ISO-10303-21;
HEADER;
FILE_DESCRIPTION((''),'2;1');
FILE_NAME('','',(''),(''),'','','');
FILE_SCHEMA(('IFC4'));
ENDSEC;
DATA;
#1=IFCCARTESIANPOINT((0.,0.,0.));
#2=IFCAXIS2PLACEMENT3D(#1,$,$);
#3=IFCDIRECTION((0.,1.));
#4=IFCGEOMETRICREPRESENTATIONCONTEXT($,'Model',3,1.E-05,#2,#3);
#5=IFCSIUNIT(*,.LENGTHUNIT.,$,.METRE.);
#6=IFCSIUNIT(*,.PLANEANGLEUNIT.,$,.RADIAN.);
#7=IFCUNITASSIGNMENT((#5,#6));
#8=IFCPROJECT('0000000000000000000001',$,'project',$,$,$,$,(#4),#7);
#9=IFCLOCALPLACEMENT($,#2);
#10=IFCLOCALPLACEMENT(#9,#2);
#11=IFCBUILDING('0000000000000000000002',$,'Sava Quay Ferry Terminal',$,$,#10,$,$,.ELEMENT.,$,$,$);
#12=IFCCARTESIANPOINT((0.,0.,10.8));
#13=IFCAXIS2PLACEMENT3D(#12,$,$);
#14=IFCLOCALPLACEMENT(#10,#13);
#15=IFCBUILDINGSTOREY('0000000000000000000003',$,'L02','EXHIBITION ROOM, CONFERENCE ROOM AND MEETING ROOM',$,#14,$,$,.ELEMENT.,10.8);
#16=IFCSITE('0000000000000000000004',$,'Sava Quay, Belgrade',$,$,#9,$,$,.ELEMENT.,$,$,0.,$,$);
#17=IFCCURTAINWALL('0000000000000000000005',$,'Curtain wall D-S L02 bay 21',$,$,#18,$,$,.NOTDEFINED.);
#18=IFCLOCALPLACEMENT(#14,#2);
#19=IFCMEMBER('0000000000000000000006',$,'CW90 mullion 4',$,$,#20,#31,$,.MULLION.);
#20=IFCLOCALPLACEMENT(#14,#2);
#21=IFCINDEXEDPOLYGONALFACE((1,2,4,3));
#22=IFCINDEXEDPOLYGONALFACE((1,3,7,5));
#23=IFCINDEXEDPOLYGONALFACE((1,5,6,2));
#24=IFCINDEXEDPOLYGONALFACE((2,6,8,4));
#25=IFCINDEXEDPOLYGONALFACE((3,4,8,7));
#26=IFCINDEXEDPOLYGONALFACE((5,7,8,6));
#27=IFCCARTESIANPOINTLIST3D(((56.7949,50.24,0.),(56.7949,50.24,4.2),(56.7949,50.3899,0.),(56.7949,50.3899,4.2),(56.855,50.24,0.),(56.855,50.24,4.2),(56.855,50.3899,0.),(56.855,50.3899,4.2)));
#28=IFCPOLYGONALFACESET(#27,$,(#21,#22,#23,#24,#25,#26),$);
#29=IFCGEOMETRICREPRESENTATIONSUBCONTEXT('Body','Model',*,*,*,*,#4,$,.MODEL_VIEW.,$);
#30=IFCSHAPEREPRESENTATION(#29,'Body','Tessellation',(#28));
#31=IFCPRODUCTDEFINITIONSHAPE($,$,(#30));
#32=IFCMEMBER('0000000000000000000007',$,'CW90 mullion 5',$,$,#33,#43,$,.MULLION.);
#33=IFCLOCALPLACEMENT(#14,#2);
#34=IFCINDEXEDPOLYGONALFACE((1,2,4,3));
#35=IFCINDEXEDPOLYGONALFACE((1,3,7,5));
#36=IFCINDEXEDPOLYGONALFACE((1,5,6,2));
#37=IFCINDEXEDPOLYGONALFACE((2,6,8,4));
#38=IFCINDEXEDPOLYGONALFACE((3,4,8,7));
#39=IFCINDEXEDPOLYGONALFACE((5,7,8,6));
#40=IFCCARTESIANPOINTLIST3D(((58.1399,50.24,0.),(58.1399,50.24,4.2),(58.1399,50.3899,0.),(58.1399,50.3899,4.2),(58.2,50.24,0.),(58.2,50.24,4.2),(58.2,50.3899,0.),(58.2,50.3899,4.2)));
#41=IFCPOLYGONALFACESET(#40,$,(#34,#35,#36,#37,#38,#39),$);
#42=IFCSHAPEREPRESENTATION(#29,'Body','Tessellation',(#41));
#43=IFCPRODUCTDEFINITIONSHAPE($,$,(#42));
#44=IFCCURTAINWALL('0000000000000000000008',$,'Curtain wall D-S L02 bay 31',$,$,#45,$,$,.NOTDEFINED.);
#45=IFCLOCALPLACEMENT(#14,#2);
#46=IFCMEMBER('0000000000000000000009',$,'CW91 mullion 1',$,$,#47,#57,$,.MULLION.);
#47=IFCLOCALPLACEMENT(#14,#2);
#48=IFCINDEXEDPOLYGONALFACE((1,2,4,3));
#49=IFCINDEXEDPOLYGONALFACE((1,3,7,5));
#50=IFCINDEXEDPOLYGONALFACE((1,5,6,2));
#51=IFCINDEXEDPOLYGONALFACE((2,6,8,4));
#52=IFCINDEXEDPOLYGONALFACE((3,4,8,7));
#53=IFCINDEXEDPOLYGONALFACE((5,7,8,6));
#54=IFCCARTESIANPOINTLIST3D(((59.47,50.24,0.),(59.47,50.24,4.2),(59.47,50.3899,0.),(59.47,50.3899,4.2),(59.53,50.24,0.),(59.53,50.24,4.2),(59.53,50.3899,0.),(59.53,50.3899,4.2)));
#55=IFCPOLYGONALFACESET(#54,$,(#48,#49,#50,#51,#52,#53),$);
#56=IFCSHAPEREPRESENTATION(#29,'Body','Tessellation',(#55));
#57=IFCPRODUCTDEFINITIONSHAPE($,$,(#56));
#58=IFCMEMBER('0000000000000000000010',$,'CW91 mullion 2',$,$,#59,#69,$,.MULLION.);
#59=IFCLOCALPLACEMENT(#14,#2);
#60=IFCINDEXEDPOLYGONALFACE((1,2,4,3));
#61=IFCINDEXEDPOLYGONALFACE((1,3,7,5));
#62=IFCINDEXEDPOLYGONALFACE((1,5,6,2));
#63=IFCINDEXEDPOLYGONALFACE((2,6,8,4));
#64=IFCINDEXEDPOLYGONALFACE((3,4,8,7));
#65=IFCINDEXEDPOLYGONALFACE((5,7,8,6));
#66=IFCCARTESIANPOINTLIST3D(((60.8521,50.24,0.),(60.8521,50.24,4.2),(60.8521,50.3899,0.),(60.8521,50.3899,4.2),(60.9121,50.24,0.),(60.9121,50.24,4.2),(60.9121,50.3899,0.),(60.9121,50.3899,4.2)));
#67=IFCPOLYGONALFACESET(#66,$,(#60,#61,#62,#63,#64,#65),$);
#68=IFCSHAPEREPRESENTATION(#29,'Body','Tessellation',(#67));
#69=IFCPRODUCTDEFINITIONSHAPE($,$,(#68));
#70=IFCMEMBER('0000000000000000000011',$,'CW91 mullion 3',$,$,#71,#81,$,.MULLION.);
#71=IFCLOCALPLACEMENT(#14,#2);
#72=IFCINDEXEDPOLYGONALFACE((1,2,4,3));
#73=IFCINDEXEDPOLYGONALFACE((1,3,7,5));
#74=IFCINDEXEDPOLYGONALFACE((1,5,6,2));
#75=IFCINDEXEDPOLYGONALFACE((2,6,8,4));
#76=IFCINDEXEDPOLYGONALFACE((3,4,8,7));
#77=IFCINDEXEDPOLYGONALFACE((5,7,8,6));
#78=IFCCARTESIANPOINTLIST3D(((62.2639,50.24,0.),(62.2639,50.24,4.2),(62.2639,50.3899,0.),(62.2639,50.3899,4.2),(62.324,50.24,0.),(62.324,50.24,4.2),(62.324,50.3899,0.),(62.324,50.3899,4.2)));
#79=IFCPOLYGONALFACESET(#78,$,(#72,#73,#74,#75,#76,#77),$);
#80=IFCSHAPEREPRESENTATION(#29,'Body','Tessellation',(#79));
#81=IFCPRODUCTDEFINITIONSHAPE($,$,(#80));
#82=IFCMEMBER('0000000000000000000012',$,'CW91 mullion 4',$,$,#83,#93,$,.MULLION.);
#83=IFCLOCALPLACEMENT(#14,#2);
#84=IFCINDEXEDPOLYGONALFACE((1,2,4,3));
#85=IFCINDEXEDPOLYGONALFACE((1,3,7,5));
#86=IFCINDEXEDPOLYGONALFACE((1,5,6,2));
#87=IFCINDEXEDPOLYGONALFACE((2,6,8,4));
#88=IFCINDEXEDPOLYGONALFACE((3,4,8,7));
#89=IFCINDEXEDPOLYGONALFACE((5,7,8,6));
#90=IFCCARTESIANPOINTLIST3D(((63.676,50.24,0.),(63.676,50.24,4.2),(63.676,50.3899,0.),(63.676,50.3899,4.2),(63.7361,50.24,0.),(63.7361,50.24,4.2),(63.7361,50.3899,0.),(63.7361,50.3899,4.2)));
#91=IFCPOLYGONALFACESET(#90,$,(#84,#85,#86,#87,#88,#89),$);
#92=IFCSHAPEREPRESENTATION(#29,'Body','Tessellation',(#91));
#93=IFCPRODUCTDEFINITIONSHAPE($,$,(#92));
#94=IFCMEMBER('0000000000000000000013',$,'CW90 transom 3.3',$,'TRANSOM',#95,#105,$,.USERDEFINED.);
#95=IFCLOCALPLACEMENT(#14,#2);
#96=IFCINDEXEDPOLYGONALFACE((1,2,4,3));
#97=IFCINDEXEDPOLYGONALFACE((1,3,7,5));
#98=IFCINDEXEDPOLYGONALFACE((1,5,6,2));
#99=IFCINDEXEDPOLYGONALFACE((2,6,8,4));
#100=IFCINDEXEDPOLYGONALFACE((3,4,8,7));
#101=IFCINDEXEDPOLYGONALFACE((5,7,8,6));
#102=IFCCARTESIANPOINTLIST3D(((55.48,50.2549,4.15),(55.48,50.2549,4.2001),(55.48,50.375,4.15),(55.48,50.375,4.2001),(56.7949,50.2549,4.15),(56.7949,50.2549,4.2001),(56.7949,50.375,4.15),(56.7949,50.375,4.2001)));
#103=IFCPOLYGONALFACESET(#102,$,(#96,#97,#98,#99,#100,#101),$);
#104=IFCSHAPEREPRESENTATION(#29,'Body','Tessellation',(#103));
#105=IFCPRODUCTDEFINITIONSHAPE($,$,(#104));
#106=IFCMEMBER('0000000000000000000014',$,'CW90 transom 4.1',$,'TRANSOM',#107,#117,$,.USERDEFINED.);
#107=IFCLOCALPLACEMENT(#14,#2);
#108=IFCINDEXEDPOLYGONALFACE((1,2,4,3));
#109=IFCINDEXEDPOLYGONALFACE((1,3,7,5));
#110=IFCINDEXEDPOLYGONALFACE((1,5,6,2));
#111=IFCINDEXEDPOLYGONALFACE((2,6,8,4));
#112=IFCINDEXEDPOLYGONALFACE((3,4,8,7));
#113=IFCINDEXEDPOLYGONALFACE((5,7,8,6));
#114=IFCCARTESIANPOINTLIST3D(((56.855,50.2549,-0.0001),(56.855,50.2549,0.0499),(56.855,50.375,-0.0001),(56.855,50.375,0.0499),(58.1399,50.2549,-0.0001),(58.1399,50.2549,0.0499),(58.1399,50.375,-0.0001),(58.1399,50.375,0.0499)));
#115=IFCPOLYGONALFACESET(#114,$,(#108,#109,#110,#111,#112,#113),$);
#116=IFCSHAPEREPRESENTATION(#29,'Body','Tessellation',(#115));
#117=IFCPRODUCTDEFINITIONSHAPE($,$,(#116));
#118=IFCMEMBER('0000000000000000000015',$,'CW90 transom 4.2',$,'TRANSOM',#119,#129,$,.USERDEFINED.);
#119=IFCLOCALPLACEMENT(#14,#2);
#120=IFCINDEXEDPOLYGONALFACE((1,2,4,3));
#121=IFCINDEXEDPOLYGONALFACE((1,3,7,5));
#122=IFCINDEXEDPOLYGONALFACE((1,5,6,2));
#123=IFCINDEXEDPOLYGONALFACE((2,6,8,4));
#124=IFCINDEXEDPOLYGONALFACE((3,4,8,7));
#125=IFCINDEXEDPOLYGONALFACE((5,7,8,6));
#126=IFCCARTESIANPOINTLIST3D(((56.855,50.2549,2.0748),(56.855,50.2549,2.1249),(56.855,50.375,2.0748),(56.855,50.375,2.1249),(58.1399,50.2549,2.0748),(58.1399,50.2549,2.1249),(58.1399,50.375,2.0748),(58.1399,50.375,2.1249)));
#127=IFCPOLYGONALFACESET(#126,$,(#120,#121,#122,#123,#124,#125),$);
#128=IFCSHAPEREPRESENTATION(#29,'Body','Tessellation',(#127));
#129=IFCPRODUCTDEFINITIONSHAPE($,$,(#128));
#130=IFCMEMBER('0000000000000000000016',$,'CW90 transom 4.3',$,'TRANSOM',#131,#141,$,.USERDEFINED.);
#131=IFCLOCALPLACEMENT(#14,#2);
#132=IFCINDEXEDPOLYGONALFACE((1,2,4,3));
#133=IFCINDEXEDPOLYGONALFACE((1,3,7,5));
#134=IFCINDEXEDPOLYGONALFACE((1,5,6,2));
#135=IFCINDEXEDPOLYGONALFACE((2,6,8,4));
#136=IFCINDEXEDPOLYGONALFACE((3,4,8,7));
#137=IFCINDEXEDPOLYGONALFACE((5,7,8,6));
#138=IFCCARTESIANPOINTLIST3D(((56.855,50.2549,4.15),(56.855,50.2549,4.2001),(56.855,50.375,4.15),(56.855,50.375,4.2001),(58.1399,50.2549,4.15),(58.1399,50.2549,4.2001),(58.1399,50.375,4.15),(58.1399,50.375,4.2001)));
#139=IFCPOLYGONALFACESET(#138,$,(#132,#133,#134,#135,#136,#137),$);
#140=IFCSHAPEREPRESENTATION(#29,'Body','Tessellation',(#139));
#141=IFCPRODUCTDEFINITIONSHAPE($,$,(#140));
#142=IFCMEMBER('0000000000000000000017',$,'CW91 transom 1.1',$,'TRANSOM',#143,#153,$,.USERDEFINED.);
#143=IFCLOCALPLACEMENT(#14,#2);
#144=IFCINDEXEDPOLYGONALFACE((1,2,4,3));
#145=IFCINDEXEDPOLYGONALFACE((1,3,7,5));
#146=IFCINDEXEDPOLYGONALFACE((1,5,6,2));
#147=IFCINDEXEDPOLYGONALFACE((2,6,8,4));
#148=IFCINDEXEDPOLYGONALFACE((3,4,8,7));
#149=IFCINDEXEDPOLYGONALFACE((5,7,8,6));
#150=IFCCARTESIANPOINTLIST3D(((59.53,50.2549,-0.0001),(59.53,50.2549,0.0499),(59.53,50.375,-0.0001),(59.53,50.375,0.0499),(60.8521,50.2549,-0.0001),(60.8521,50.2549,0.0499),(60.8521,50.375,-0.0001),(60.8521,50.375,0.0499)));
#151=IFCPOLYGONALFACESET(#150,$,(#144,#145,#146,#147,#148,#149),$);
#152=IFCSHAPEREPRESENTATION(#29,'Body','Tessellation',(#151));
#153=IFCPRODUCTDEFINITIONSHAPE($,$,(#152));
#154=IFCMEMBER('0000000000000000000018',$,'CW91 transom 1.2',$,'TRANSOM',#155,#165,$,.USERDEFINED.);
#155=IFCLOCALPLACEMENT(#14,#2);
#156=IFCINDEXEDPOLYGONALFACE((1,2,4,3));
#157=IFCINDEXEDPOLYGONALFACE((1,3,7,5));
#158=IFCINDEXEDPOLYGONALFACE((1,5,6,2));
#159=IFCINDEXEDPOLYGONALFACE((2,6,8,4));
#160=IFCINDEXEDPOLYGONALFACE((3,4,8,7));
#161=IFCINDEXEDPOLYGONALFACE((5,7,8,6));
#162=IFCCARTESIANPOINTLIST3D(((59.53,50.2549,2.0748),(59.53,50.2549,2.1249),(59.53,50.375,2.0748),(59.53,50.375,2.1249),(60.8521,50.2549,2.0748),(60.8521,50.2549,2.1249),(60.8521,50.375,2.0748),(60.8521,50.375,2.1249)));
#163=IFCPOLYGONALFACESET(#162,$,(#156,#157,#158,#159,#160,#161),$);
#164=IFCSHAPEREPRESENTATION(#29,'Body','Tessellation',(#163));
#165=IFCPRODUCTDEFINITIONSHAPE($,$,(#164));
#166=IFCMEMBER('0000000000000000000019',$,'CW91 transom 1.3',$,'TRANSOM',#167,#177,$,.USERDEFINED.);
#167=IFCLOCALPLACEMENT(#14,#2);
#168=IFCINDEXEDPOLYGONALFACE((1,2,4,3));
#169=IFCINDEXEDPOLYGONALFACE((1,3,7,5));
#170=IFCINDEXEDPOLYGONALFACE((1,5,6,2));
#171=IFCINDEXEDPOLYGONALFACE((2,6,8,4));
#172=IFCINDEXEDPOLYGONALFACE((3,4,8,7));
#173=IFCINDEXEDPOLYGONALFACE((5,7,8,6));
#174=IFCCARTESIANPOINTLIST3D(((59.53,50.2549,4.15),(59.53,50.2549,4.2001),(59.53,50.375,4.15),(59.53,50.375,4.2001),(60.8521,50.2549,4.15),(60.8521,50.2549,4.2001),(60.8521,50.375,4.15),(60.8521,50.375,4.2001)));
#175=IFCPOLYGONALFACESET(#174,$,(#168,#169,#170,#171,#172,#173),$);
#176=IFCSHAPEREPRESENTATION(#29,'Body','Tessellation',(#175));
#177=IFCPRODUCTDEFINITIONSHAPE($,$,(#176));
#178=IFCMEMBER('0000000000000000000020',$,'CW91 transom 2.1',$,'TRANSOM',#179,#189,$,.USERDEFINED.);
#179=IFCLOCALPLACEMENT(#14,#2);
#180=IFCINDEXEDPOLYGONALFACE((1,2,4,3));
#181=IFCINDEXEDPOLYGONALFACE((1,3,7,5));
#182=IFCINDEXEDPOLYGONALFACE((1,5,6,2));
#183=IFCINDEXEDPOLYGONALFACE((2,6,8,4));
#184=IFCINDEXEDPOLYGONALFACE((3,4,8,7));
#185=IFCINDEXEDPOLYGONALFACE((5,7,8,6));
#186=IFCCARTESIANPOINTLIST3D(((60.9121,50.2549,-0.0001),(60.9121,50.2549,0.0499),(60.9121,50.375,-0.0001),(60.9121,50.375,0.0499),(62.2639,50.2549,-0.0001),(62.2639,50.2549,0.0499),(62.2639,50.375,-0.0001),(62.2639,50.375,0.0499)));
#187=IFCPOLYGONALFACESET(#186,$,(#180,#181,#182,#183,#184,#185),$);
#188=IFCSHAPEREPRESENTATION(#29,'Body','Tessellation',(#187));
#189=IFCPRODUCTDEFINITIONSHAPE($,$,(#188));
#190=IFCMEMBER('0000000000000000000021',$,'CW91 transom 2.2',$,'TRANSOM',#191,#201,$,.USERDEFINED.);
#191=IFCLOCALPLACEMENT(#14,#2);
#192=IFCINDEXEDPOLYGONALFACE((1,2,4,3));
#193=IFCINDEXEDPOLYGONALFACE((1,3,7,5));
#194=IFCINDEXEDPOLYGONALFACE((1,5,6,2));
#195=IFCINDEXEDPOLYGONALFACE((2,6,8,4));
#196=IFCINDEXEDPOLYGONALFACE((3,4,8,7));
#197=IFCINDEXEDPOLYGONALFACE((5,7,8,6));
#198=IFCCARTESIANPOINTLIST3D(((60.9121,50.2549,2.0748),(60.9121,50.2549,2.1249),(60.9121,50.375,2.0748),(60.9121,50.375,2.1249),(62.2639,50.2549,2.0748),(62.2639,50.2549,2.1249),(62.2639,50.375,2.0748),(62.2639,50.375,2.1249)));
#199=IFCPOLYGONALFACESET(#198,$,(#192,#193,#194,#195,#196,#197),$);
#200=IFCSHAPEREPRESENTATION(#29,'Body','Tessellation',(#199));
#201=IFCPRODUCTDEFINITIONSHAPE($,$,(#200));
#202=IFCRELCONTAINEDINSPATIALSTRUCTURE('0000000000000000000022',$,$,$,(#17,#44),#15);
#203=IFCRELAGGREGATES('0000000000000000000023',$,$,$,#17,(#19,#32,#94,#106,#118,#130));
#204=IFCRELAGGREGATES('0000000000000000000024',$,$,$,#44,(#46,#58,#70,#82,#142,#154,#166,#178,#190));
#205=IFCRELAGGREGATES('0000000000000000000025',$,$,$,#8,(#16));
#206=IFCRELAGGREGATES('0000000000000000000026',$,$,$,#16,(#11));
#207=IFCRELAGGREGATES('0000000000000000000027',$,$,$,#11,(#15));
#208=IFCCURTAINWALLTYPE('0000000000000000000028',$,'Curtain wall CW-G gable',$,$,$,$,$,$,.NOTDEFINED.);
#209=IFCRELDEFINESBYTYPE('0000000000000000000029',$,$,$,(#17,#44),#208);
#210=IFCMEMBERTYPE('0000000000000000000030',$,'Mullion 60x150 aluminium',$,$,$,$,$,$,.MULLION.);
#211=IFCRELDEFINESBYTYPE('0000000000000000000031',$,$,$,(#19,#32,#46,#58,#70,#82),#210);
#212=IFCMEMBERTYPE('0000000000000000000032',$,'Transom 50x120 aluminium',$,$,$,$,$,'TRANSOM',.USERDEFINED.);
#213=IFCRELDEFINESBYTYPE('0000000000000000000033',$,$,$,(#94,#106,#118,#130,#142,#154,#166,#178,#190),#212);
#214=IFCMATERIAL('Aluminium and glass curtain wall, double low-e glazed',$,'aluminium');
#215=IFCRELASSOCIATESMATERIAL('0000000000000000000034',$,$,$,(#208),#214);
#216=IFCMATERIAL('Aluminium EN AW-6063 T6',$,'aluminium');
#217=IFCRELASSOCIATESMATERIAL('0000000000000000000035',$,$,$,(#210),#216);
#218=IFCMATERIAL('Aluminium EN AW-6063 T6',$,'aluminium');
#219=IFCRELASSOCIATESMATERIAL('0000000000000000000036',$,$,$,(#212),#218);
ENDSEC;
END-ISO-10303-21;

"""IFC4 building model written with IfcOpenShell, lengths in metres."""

from ifc_helpers import new_model, si_unit, direction, frame, origin, origin_2d, place, context, subcontext, project, spatial, rectangle, extrude, material, material_profile, profile_set, type_object, element, aggregate, save


model = new_model("IFC4")

# Units and contexts
model_context = context("Model", 3, precision=1e-05, world=origin(), true_north=direction((0.0, 1.0)))
body_context = subcontext(model_context, "Body", "Model", "MODEL_VIEW")
ifc_project = project(units=[si_unit("LENGTHUNIT", "METRE"), si_unit("PLANEANGLEUNIT", "RADIAN")], contexts=[model_context])

# Site, building, storey
site_placement = place(None, origin())
site = spatial("IfcSite", under=ifc_project, at=site_placement, Name="Sava Quay, Belgrade", CompositionType="ELEMENT", RefElevation=0.0)
building_placement = place(site_placement, origin())
building = spatial("IfcBuilding", under=site, at=building_placement, Name="Sava Quay Ferry Terminal", CompositionType="ELEMENT")
storey_placement = place(building_placement, frame((0.0, 0.0, 10.8)))
storey = spatial("IfcBuildingStorey", under=building, at=storey_placement, Name="L02", Description="EXHIBITION ROOM, CONFERENCE ROOM AND MEETING ROOM", CompositionType="ELEMENT", Elevation=10.8)

# Curtain walls, members
ifc_material_1 = material(Name="Aluminium and glass curtain wall, double low-e glazed", Category="aluminium")
curtain_wall_type = type_object("IfcCurtainWallType", Name="Curtain wall CW-G gable", PredefinedType="NOTDEFINED", material=ifc_material_1)
curtain_wall_1_placement = place(storey_placement, origin())
curtain_wall_1 = element("IfcCurtainWall", 1, at=curtain_wall_1_placement, inside=storey, type_object=curtain_wall_type, Name="Curtain wall D-S L02 bay 21", PredefinedType="NOTDEFINED")
ifc_material_2 = material(Name="Aluminium EN AW-6063 T6", Category="aluminium")
ifc_material_profile_1 = material_profile(ifc_material_2, rectangle(XDim=0.1499, YDim=0.0601, at=origin_2d()), Name="Mullion 60x150 aluminium")
ifc_profile_set_1 = profile_set([ifc_material_profile_1], Name="Aluminium EN AW-6063 T6")
member_type_1 = type_object("IfcMemberType", Name="Mullion 60x150 aluminium", PredefinedType="MULLION", material=ifc_profile_set_1)
member_1_placement = place(storey_placement, frame((56.825, 50.3149, 0.0), z_axis=(0.0, 0.0, 1.0), x_axis=(0.0, 1.0, 0.0)))
member_1 = element("IfcMember", 2, at=member_1_placement, type_object=member_type_1, Name="CW90 mullion 4", PredefinedType="MULLION", context=body_context, shape_type="SweptSolid", body=[
    extrude(rectangle(XDim=0.1499, YDim=0.0601, at=origin_2d()), origin(), (0.0, 0.0, 1.0), 4.2),
])
member_2_placement = place(storey_placement, frame((58.1699, 50.3149, 0.0), z_axis=(0.0, 0.0, 1.0), x_axis=(0.0, 1.0, 0.0)))
member_2 = element("IfcMember", 3, at=member_2_placement, type_object=member_type_1, Name="CW90 mullion 5", PredefinedType="MULLION", context=body_context, shape_type="SweptSolid", body=[
    extrude(rectangle(XDim=0.1499, YDim=0.0601, at=origin_2d()), origin(), (0.0, 0.0, 1.0), 4.2),
])
curtain_wall_2_placement = place(storey_placement, origin())
curtain_wall_2 = element("IfcCurtainWall", 4, at=curtain_wall_2_placement, inside=storey, type_object=curtain_wall_type, Name="Curtain wall D-S L02 bay 31", PredefinedType="NOTDEFINED")
member_3_placement = place(storey_placement, frame((59.5, 50.3149, 0.0), z_axis=(0.0, 0.0, 1.0), x_axis=(0.0, 1.0, 0.0)))
member_3 = element("IfcMember", 5, at=member_3_placement, type_object=member_type_1, Name="CW91 mullion 1", PredefinedType="MULLION", context=body_context, shape_type="SweptSolid", body=[
    extrude(rectangle(XDim=0.1499, YDim=0.0601, at=origin_2d()), origin(), (0.0, 0.0, 1.0), 4.2),
])
member_4_placement = place(storey_placement, frame((60.8821, 50.3149, 0.0), z_axis=(0.0, 0.0, 1.0), x_axis=(0.0, 1.0, 0.0)))
member_4 = element("IfcMember", 6, at=member_4_placement, type_object=member_type_1, Name="CW91 mullion 2", PredefinedType="MULLION", context=body_context, shape_type="SweptSolid", body=[
    extrude(rectangle(XDim=0.1499, YDim=0.0601, at=origin_2d()), origin(), (0.0, 0.0, 1.0), 4.2),
])
member_5_placement = place(storey_placement, frame((62.2939, 50.3149, 0.0), z_axis=(0.0, 0.0, 1.0), x_axis=(0.0, 1.0, 0.0)))
member_5 = element("IfcMember", 7, at=member_5_placement, type_object=member_type_1, Name="CW91 mullion 3", PredefinedType="MULLION", context=body_context, shape_type="SweptSolid", body=[
    extrude(rectangle(XDim=0.1499, YDim=0.0601, at=origin_2d()), origin(), (0.0, 0.0, 1.0), 4.2),
])
member_6_placement = place(storey_placement, frame((63.7061, 50.3149, 0.0), z_axis=(0.0, 0.0, 1.0), x_axis=(0.0, 1.0, 0.0)))
member_6 = element("IfcMember", 8, at=member_6_placement, type_object=member_type_1, Name="CW91 mullion 4", PredefinedType="MULLION", context=body_context, shape_type="SweptSolid", body=[
    extrude(rectangle(XDim=0.1499, YDim=0.0601, at=origin_2d()), origin(), (0.0, 0.0, 1.0), 4.2),
])

# Members
ifc_material_3 = material(Name="Aluminium EN AW-6063 T6", Category="aluminium")
ifc_material_profile_2 = material_profile(ifc_material_3, rectangle(XDim=0.1201, YDim=0.05, at=origin_2d()), Name="Transom 50x120 aluminium")
ifc_profile_set_2 = profile_set([ifc_material_profile_2], Name="Aluminium EN AW-6063 T6")
member_type_2 = type_object("IfcMemberType", Name="Transom 50x120 aluminium", ElementType="TRANSOM", PredefinedType="USERDEFINED", material=ifc_profile_set_2)
member_7_placement = place(storey_placement, frame((55.48, 50.3149, 4.175), z_axis=(1.0, 0.0, 0.0), x_axis=(0.0, 1.0, 0.0)))
member_7 = element("IfcMember", 9, at=member_7_placement, type_object=member_type_2, Name="CW90 transom 3.3", ObjectType="TRANSOM", PredefinedType="USERDEFINED", context=body_context, shape_type="SweptSolid", body=[
    extrude(rectangle(XDim=0.1201, YDim=0.05, at=origin_2d()), origin(), (0.0, 0.0, 1.0), 1.3149),
])
member_8_placement = place(storey_placement, frame((56.855, 50.3149, 0.0249), z_axis=(1.0, 0.0, 0.0), x_axis=(0.0, 1.0, 0.0)))
member_8 = element("IfcMember", 10, at=member_8_placement, type_object=member_type_2, Name="CW90 transom 4.1", ObjectType="TRANSOM", PredefinedType="USERDEFINED", context=body_context, shape_type="SweptSolid", body=[
    extrude(rectangle(XDim=0.1201, YDim=0.05, at=origin_2d()), origin(), (0.0, 0.0, 1.0), 1.2849),
])
member_9_placement = place(storey_placement, frame((56.855, 50.3149, 2.0999), z_axis=(1.0, 0.0, 0.0), x_axis=(0.0, 1.0, 0.0)))
member_9 = element("IfcMember", 11, at=member_9_placement, type_object=member_type_2, Name="CW90 transom 4.2", ObjectType="TRANSOM", PredefinedType="USERDEFINED", context=body_context, shape_type="SweptSolid", body=[
    extrude(rectangle(XDim=0.1201, YDim=0.05, at=origin_2d()), origin(), (0.0, 0.0, 1.0), 1.2849),
])
member_10_placement = place(storey_placement, frame((56.855, 50.3149, 4.175), z_axis=(1.0, 0.0, 0.0), x_axis=(0.0, 1.0, 0.0)))
member_10 = element("IfcMember", 12, at=member_10_placement, type_object=member_type_2, Name="CW90 transom 4.3", ObjectType="TRANSOM", PredefinedType="USERDEFINED", context=body_context, shape_type="SweptSolid", body=[
    extrude(rectangle(XDim=0.1201, YDim=0.05, at=origin_2d()), origin(), (0.0, 0.0, 1.0), 1.2849),
])
member_11_placement = place(storey_placement, frame((59.53, 50.3149, 0.0249), z_axis=(1.0, 0.0, 0.0), x_axis=(0.0, 1.0, 0.0)))
member_11 = element("IfcMember", 13, at=member_11_placement, type_object=member_type_2, Name="CW91 transom 1.1", ObjectType="TRANSOM", PredefinedType="USERDEFINED", context=body_context, shape_type="SweptSolid", body=[
    extrude(rectangle(XDim=0.1201, YDim=0.05, at=origin_2d()), origin(), (0.0, 0.0, 1.0), 1.322),
])
member_12_placement = place(storey_placement, frame((59.53, 50.3149, 2.0999), z_axis=(1.0, 0.0, 0.0), x_axis=(0.0, 1.0, 0.0)))
member_12 = element("IfcMember", 14, at=member_12_placement, type_object=member_type_2, Name="CW91 transom 1.2", ObjectType="TRANSOM", PredefinedType="USERDEFINED", context=body_context, shape_type="SweptSolid", body=[
    extrude(rectangle(XDim=0.1201, YDim=0.05, at=origin_2d()), origin(), (0.0, 0.0, 1.0), 1.322),
])
member_13_placement = place(storey_placement, frame((59.53, 50.3149, 4.175), z_axis=(1.0, 0.0, 0.0), x_axis=(0.0, 1.0, 0.0)))
member_13 = element("IfcMember", 15, at=member_13_placement, type_object=member_type_2, Name="CW91 transom 1.3", ObjectType="TRANSOM", PredefinedType="USERDEFINED", context=body_context, shape_type="SweptSolid", body=[
    extrude(rectangle(XDim=0.1201, YDim=0.05, at=origin_2d()), origin(), (0.0, 0.0, 1.0), 1.322),
])
member_14_placement = place(storey_placement, frame((60.9121, 50.3149, 0.0249), z_axis=(1.0, 0.0, 0.0), x_axis=(0.0, 1.0, 0.0)))
member_14 = element("IfcMember", 16, at=member_14_placement, type_object=member_type_2, Name="CW91 transom 2.1", ObjectType="TRANSOM", PredefinedType="USERDEFINED", context=body_context, shape_type="SweptSolid", body=[
    extrude(rectangle(XDim=0.1201, YDim=0.05, at=origin_2d()), origin(), (0.0, 0.0, 1.0), 1.3518),
])
member_15_placement = place(storey_placement, frame((60.9121, 50.3149, 2.0999), z_axis=(1.0, 0.0, 0.0), x_axis=(0.0, 1.0, 0.0)))
member_15 = element("IfcMember", 17, at=member_15_placement, type_object=member_type_2, Name="CW91 transom 2.2", ObjectType="TRANSOM", PredefinedType="USERDEFINED", context=body_context, shape_type="SweptSolid", body=[
    extrude(rectangle(XDim=0.1201, YDim=0.05, at=origin_2d()), origin(), (0.0, 0.0, 1.0), 1.3518),
])

aggregate(curtain_wall_1, [member_1, member_2, member_7, member_8, member_9, member_10])
aggregate(curtain_wall_2, [member_3, member_4, member_5, member_6, member_11, member_12, member_13, member_14, member_15])

save(model, "model.ifc")
